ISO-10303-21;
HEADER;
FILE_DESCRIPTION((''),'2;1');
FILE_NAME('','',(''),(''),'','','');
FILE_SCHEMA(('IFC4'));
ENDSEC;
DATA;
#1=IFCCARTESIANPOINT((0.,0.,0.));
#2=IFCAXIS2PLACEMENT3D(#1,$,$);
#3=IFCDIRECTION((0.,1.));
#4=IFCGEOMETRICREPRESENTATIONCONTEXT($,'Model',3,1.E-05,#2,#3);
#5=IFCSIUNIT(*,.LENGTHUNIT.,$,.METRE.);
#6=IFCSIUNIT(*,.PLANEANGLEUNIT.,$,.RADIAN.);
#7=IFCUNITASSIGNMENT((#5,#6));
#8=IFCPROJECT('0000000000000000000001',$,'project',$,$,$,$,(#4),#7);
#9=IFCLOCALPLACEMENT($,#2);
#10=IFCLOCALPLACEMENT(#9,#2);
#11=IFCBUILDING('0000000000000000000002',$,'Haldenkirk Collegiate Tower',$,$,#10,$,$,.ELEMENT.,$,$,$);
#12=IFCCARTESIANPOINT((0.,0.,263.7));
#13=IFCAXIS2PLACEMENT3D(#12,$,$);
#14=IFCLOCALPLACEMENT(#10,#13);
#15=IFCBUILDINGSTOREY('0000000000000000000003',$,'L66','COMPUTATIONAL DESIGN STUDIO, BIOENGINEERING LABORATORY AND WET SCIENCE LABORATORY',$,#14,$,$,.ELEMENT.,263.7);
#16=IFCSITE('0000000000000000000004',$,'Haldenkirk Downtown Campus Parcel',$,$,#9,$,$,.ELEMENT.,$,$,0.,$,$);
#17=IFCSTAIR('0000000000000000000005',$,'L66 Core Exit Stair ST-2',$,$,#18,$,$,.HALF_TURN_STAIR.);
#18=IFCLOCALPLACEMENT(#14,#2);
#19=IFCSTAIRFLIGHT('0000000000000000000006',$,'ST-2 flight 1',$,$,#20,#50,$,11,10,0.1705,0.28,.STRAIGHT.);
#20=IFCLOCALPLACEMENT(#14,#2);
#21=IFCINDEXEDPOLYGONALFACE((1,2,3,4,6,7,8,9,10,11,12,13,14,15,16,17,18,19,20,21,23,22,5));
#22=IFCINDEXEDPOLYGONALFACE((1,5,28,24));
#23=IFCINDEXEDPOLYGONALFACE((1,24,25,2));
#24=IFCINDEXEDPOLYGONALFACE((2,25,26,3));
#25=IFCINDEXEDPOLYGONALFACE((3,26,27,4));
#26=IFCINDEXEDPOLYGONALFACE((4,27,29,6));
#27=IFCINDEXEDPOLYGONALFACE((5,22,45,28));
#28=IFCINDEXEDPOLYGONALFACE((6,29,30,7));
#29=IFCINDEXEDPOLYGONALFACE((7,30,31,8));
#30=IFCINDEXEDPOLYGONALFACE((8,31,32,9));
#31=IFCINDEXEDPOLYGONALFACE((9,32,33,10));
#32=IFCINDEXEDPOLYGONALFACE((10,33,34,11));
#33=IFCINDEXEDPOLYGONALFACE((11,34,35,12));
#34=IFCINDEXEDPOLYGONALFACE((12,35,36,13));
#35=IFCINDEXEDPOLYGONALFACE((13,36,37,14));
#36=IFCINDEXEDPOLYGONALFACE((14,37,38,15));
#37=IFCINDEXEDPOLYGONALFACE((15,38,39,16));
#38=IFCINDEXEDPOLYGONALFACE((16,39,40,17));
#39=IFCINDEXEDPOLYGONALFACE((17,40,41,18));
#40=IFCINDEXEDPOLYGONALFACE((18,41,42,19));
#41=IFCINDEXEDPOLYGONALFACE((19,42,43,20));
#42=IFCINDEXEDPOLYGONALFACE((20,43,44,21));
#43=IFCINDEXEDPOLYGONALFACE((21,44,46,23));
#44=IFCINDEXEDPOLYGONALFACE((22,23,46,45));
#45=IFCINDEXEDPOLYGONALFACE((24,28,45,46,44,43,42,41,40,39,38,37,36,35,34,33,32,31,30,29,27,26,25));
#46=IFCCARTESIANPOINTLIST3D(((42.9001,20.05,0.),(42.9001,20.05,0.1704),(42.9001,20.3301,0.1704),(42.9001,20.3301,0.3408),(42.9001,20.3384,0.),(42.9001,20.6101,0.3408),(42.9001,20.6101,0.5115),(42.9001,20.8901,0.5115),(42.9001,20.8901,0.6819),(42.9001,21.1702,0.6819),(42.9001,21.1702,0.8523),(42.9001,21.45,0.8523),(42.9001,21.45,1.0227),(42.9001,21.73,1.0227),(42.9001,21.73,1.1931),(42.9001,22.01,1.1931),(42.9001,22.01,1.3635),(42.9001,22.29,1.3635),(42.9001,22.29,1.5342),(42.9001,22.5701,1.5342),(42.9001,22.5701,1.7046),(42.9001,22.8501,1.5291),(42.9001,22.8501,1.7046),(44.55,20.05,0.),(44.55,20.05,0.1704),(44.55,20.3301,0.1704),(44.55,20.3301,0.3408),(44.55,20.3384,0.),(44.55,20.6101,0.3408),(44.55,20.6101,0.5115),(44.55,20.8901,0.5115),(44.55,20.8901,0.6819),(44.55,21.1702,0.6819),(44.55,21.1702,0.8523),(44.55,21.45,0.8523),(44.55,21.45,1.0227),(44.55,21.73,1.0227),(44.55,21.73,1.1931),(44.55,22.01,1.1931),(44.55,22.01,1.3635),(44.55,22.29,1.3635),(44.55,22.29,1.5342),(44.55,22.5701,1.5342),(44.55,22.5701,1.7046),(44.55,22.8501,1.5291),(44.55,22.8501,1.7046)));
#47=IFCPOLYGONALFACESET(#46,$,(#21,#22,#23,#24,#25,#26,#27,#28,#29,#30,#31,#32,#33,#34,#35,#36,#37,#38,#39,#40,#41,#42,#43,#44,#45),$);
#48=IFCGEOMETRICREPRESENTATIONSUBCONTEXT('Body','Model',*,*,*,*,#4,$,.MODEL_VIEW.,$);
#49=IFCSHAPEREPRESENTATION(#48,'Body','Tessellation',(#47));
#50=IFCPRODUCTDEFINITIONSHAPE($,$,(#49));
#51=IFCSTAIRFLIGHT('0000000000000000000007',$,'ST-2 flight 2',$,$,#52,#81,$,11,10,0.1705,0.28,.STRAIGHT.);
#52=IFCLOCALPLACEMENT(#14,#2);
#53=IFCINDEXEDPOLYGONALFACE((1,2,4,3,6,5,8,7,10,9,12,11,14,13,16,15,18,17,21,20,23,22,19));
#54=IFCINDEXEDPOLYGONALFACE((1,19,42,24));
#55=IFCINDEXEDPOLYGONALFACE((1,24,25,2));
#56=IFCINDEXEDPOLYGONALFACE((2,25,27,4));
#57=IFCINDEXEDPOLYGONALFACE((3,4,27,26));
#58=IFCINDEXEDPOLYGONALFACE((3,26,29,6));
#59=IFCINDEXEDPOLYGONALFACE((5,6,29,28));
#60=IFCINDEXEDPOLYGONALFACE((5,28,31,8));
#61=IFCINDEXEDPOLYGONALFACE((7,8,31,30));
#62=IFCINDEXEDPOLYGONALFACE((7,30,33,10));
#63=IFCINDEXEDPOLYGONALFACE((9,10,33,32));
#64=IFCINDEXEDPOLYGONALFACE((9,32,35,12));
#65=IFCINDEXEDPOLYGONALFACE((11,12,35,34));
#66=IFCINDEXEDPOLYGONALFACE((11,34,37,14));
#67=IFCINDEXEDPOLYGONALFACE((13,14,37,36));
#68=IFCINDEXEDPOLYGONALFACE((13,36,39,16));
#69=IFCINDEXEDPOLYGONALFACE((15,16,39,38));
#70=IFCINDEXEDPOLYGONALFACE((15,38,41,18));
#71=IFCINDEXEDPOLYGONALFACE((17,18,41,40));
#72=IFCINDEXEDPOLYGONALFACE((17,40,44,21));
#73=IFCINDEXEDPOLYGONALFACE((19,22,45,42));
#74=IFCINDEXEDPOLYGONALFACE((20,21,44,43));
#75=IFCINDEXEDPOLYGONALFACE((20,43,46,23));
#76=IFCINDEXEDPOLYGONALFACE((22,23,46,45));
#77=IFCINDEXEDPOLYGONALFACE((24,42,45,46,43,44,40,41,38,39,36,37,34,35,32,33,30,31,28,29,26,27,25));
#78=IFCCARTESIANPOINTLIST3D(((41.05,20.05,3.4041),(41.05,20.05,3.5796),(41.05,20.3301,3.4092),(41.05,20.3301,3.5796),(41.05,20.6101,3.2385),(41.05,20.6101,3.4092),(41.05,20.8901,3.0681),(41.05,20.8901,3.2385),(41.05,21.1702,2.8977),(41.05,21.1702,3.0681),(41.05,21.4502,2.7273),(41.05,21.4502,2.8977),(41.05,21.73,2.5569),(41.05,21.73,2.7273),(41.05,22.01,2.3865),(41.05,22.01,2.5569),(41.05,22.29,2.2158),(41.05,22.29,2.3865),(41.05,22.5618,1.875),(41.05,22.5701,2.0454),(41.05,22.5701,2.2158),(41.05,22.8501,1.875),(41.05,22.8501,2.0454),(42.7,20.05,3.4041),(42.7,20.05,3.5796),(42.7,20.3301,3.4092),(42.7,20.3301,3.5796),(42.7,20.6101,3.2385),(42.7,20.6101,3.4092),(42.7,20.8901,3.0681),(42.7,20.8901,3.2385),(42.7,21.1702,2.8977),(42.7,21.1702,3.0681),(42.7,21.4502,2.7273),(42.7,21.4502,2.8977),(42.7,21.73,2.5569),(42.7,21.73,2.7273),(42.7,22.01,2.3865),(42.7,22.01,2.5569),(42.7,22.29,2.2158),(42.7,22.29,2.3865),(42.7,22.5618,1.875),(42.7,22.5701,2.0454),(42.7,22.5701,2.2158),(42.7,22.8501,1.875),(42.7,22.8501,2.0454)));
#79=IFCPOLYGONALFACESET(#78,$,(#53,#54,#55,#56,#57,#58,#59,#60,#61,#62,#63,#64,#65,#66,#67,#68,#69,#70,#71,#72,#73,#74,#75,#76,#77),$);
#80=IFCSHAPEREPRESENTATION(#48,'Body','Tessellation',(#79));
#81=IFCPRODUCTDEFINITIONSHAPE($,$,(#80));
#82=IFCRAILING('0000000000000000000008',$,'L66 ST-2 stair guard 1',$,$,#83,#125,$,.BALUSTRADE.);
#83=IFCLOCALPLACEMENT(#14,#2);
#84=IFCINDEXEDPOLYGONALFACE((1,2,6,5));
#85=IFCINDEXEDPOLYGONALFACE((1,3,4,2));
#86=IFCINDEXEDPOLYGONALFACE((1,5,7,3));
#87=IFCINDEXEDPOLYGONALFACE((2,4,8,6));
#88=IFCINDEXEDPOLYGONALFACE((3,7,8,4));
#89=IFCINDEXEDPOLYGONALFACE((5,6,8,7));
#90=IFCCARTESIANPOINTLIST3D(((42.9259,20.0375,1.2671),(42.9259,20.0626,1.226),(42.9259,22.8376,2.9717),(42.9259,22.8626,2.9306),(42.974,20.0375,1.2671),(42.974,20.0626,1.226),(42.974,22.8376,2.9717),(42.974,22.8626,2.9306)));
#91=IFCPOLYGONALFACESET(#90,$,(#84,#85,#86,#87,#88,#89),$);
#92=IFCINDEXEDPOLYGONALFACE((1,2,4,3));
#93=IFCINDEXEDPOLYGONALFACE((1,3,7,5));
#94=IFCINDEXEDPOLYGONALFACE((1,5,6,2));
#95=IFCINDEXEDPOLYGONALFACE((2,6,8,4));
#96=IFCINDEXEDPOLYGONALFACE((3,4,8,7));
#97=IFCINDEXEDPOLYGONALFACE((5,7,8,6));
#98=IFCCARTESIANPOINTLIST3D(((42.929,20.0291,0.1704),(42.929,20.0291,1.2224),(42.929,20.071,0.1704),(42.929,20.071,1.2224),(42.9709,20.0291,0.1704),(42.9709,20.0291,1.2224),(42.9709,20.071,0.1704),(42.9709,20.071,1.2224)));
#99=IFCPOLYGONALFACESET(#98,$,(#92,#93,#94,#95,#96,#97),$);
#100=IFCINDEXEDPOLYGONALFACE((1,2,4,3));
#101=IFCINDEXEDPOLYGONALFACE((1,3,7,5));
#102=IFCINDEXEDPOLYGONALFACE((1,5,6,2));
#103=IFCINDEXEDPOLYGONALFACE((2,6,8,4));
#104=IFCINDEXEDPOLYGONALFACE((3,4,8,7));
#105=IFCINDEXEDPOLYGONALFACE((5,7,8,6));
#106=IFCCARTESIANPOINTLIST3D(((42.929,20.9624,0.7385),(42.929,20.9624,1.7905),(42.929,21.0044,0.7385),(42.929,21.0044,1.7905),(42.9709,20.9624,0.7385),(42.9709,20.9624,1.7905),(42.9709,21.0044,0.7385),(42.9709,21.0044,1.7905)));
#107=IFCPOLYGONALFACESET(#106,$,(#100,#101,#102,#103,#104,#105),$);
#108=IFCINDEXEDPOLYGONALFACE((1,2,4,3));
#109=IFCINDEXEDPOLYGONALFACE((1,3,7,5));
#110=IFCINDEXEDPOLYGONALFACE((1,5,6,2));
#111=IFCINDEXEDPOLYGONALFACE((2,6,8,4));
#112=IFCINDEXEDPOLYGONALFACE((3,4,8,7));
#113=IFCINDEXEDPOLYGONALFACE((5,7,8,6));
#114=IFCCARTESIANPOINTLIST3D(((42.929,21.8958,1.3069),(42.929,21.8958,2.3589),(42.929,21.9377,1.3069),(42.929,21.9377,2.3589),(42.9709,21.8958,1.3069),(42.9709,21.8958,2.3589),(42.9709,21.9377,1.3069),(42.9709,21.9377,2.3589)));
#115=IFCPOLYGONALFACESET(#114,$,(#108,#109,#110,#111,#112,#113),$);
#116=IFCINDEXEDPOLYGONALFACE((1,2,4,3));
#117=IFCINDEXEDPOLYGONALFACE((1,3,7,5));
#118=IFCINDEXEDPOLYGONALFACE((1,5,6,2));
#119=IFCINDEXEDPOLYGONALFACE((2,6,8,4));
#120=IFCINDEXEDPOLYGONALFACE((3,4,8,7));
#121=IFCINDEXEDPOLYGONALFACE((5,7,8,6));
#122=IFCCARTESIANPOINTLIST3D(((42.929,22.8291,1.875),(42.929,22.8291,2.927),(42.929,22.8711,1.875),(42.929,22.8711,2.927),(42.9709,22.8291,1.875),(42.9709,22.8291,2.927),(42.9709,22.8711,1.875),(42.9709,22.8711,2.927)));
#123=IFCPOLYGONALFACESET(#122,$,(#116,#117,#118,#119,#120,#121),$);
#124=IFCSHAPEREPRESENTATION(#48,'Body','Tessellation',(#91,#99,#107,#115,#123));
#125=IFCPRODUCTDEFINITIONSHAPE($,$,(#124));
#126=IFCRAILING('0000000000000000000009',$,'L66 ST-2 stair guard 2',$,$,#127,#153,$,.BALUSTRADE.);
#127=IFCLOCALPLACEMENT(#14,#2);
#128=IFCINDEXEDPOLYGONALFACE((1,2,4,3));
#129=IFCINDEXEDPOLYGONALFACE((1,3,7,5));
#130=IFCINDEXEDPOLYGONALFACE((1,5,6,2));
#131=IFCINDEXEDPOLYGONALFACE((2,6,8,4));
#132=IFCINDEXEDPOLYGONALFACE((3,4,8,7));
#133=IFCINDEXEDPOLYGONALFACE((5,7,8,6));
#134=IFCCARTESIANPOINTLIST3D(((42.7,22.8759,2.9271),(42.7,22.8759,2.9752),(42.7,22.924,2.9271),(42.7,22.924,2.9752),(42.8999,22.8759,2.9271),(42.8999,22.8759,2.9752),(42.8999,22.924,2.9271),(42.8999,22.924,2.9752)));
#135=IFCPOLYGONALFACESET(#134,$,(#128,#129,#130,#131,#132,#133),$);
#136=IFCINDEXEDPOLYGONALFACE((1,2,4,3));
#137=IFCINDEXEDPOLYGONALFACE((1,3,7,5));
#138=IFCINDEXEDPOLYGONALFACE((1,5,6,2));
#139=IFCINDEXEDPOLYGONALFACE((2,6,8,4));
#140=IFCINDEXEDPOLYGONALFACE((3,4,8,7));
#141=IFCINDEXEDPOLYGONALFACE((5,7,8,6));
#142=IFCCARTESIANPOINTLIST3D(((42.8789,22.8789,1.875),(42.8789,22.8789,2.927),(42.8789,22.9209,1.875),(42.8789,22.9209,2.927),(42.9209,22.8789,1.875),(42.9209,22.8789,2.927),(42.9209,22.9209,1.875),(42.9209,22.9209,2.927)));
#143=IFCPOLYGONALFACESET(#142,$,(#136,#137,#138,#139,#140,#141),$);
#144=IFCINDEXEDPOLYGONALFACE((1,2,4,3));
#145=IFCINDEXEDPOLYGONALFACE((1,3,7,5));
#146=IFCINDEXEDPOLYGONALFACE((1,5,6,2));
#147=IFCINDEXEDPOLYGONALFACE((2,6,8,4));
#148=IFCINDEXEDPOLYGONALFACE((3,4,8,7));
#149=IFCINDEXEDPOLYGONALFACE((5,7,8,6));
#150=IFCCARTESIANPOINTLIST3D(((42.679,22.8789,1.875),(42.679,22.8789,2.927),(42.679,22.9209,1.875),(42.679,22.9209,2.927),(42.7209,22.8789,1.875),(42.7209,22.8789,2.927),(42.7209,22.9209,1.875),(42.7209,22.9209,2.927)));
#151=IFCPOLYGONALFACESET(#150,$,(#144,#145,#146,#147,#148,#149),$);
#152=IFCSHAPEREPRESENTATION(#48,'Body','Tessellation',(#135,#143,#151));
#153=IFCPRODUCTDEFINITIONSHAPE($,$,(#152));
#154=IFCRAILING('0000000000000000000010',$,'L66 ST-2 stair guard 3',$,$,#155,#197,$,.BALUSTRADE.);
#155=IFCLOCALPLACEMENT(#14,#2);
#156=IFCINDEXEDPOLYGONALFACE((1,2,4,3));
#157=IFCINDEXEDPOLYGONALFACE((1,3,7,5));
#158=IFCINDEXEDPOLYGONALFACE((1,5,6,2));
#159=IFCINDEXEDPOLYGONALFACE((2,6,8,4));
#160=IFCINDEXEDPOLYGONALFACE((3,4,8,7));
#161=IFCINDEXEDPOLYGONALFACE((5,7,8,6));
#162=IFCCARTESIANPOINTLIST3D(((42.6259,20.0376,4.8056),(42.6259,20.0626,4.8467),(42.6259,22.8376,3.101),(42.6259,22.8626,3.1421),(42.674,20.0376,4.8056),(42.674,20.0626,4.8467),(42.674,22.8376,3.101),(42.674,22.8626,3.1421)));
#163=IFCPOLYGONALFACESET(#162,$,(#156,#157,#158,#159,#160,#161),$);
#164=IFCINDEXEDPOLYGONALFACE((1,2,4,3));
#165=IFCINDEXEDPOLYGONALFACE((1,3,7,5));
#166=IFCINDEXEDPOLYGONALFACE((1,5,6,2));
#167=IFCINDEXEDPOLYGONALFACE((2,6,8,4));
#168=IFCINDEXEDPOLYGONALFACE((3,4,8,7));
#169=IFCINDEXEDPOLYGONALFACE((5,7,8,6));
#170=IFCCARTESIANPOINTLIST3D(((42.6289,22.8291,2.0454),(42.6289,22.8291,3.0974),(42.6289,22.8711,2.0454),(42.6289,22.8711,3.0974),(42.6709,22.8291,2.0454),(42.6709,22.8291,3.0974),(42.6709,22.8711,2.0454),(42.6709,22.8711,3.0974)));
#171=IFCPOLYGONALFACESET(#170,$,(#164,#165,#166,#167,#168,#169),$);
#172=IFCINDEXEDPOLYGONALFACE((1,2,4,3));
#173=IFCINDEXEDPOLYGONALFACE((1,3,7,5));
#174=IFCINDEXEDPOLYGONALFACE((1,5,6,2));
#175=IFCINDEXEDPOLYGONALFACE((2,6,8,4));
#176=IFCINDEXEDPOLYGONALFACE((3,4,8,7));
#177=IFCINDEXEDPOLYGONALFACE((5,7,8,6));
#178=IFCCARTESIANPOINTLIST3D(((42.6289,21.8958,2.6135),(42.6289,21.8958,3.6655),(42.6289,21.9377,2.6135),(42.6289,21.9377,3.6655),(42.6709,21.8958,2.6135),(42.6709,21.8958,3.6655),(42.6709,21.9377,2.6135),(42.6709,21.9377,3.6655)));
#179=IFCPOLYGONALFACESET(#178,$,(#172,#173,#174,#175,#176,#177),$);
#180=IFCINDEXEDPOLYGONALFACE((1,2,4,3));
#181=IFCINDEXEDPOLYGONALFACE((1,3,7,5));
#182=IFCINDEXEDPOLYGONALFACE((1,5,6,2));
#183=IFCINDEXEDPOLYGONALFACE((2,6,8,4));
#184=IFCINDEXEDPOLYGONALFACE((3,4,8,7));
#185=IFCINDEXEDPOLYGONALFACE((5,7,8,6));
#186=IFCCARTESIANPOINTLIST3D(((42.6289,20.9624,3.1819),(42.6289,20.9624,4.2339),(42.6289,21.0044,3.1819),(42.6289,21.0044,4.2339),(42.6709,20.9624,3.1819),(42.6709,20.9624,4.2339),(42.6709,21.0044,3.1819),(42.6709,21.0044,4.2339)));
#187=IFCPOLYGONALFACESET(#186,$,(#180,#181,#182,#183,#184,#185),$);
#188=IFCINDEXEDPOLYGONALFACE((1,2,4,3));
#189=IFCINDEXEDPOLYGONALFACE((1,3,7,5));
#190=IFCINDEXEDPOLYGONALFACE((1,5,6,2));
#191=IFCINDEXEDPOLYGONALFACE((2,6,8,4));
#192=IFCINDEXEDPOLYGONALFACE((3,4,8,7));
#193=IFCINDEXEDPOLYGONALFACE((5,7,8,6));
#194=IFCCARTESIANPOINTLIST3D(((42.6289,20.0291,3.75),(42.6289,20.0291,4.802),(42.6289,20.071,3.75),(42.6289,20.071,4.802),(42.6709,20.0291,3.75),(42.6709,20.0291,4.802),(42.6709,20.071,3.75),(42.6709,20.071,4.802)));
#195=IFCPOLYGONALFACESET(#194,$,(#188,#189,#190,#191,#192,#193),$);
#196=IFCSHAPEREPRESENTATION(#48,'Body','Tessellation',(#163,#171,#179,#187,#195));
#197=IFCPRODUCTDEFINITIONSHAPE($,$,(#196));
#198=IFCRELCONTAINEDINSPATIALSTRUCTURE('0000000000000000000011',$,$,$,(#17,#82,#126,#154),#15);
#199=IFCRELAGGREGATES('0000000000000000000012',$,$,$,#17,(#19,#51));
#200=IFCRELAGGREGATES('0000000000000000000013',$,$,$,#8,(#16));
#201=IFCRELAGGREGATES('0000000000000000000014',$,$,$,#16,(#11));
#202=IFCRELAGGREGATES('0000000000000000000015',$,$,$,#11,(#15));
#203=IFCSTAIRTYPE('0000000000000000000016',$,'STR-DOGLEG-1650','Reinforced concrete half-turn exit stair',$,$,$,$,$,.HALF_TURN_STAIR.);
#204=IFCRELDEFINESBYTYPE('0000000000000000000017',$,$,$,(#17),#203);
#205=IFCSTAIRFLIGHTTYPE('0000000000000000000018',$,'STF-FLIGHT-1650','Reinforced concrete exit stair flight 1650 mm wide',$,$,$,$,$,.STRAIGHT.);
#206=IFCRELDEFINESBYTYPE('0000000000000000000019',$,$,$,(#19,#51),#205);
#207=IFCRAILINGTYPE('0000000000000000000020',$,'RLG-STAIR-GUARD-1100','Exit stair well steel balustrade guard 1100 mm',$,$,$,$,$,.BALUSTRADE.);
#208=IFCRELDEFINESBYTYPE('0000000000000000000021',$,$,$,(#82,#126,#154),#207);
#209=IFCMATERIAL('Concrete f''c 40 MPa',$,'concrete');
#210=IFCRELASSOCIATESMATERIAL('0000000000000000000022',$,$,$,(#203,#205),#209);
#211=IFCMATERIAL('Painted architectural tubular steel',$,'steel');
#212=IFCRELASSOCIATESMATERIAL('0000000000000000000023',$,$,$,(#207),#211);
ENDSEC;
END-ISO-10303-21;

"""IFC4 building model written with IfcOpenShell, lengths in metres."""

from ifc_helpers import new_model, si_unit, direction, frame, origin, origin_2d, place, context, subcontext, project, spatial, polyline, rectangle, outline, extrude, material, type_object, element, aggregate, save


model = new_model("IFC4")

# Units and contexts
model_context = context("Model", 3, precision=1e-05, world=origin(), true_north=direction((0.0, 1.0)))
body_context = subcontext(model_context, "Body", "Model", "MODEL_VIEW")
ifc_project = project(units=[si_unit("LENGTHUNIT", "METRE"), si_unit("PLANEANGLEUNIT", "RADIAN")], contexts=[model_context])

# Site, building, storey
site_placement = place(None, origin())
site = spatial("IfcSite", under=ifc_project, at=site_placement, Name="Haldenkirk Downtown Campus Parcel", CompositionType="ELEMENT", RefElevation=0.0)
building_placement = place(site_placement, origin())
building = spatial("IfcBuilding", under=site, at=building_placement, Name="Haldenkirk Collegiate Tower", CompositionType="ELEMENT")
storey_placement = place(building_placement, frame((0.0, 0.0, 263.7)))
storey = spatial("IfcBuildingStorey", under=building, at=storey_placement, Name="L66", Description="COMPUTATIONAL DESIGN STUDIO, BIOENGINEERING LABORATORY AND WET SCIENCE LABORATORY", CompositionType="ELEMENT", Elevation=263.7)

# Stair, stair flights
ifc_material_1 = material(Name="Concrete f'c 40 MPa", Category="concrete")
stair_type = type_object("IfcStairType", Name="STR-DOGLEG-1650", Description="Reinforced concrete half-turn exit stair", PredefinedType="HALF_TURN_STAIR", material=ifc_material_1)
stair_placement = place(storey_placement, origin())
stair = element("IfcStair", 1, at=stair_placement, inside=storey, type_object=stair_type, Name="L66 Core Exit Stair ST-2", PredefinedType="HALF_TURN_STAIR")
stair_flight_type = type_object("IfcStairFlightType", Name="STF-FLIGHT-1650", Description="Reinforced concrete exit stair flight 1650 mm wide", PredefinedType="STRAIGHT", material=ifc_material_1)
stair_flight_1_placement = place(storey_placement, frame((43.7251, 20.05, 0.0), z_axis=(0.0, 0.0, 1.0), x_axis=(0.0, 1.0, 0.0)))
stair_flight_1 = element("IfcStairFlight", 2, at=stair_flight_1_placement, type_object=stair_flight_type, Name="ST-2 flight 1", NumberOfRisers=11, NumberOfTreads=10, PredefinedType="STRAIGHT", RiserHeight=0.1705, TreadLength=0.28, context=body_context, shape_type="SweptSolid", body=[
    extrude(outline(polyline([(0.0, 0.0), (0.0, 0.1704), (0.28, 0.1704), (0.28, 0.3408), (0.5601, 0.3408), (0.5601, 0.5115), (0.8401, 0.5115), (0.8401, 0.6819), (1.1201, 0.6819), (1.1201, 0.8523), (1.3999, 0.8523), (1.3999, 1.0227), (1.6799, 1.0227), (1.6799, 1.1931), (1.96, 1.1931), (1.96, 1.3635), (2.24, 1.3635), (2.24, 1.5342), (2.52, 1.5342), (2.52, 1.7046), (2.8, 1.7046), (2.8, 1.875), (2.8, 1.5291), (0.2883, 0.0), (0.0, 0.0)])), frame((0.0, 0.825, 0.0), z_axis=(0.0, -1.0, 0.0), x_axis=(1.0, 0.0, 0.0)), (0.0, 0.0, 1.0), 1.6499),
])
stair_flight_2_placement = place(storey_placement, frame((41.875, 22.8501, 1.875), z_axis=(0.0, 0.0, 1.0), x_axis=(0.0, -1.0, 0.0)))
stair_flight_2 = element("IfcStairFlight", 3, at=stair_flight_2_placement, type_object=stair_flight_type, Name="ST-2 flight 2", NumberOfRisers=11, NumberOfTreads=10, PredefinedType="STRAIGHT", RiserHeight=0.1705, TreadLength=0.28, context=body_context, shape_type="SweptSolid", body=[
    extrude(outline(polyline([(0.0, 0.0), (0.0, 0.1704), (0.28, 0.1704), (0.28, 0.3408), (0.5601, 0.3408), (0.5601, 0.5115), (0.8401, 0.5115), (0.8401, 0.6819), (1.1201, 0.6819), (1.1201, 0.8523), (1.3999, 0.8523), (1.3999, 1.0227), (1.6799, 1.0227), (1.6799, 1.1931), (1.96, 1.1931), (1.96, 1.3635), (2.24, 1.3635), (2.24, 1.5342), (2.52, 1.5342), (2.52, 1.7046), (2.8, 1.7046), (2.8, 1.875), (2.8, 1.5291), (0.2883, 0.0), (0.0, 0.0)])), frame((0.0, 0.825, 0.0), z_axis=(0.0, -1.0, 0.0), x_axis=(1.0, 0.0, 0.0)), (0.0, 0.0, 1.0), 1.6499),
])
aggregate(stair, [stair_flight_1, stair_flight_2])

# Railings
ifc_material_2 = material(Name="Painted architectural tubular steel", Category="steel")
railing_type_1 = type_object("IfcRailingType", Name="RLG-STAIR-GUARD-1100", Description="Exit stair well steel balustrade guard 1100 mm", PredefinedType="BALUSTRADE", material=ifc_material_2)
railing_1_placement = place(storey_placement, frame((42.95, 20.05, 0.1704)))
element("IfcRailing", 4, at=railing_1_placement, inside=storey, type_object=railing_type_1, Name="L66 ST-2 stair guard 1", PredefinedType="BALUSTRADE", context=body_context, shape_type="SweptSolid", body=[
    extrude(rectangle(XDim=0.0481, YDim=0.0481, at=origin_2d()), frame((0.0, 0.0, 1.0762), z_axis=(0.0, 0.85417, 0.519994), x_axis=(-1.0, 0.0, 0.0)), (0.0, 0.0, 1.0), 3.2781),
    extrude(rectangle(XDim=0.042, YDim=0.042, at=origin_2d()), origin(), (0.0, 0.0, 1.0), 1.052),
    extrude(rectangle(XDim=0.042, YDim=0.042, at=origin_2d()), frame((0.0, 0.9333, 0.5681)), (0.0, 0.0, 1.0), 1.052),
    extrude(rectangle(XDim=0.042, YDim=0.042, at=origin_2d()), frame((0.0, 1.8667, 1.1365)), (0.0, 0.0, 1.0), 1.052),
    extrude(rectangle(XDim=0.042, YDim=0.042, at=origin_2d()), frame((0.0, 2.8, 1.7046)), (0.0, 0.0, 1.0), 1.052),
])
railing_2_placement = place(storey_placement, frame((42.8999, 22.8999, 1.875)))
element("IfcRailing", 5, at=railing_2_placement, inside=storey, type_object=railing_type_1, Name="L66 ST-2 stair guard 2", PredefinedType="BALUSTRADE", context=body_context, shape_type="SweptSolid", body=[
    extrude(rectangle(XDim=0.0481, YDim=0.0481, at=origin_2d()), frame((0.0, 0.0, 1.0762), z_axis=(-1.0, 0.0, 0.0), x_axis=(0.0, -1.0, 0.0)), (0.0, 0.0, 1.0), 0.2),
    extrude(rectangle(XDim=0.042, YDim=0.042, at=origin_2d()), origin(), (0.0, 0.0, 1.0), 1.052),
    extrude(rectangle(XDim=0.042, YDim=0.042, at=origin_2d()), frame((-0.2, 0.0, 0.0)), (0.0, 0.0, 1.0), 1.052),
])
railing_3_placement = place(storey_placement, frame((42.6499, 22.8501, 2.0454)))
element("IfcRailing", 6, at=railing_3_placement, inside=storey, type_object=railing_type_1, Name="L66 ST-2 stair guard 3", PredefinedType="BALUSTRADE", context=body_context, shape_type="SweptSolid", body=[
    extrude(rectangle(XDim=0.0481, YDim=0.0481, at=origin_2d()), frame((0.0, 0.0, 1.0762), z_axis=(0.0, -0.85417, 0.519994), x_axis=(1.0, 0.0, 0.0)), (0.0, 0.0, 1.0), 3.2781),
    extrude(rectangle(XDim=0.042, YDim=0.042, at=origin_2d()), origin(), (0.0, 0.0, 1.0), 1.052),
    extrude(rectangle(XDim=0.042, YDim=0.042, at=origin_2d()), frame((0.0, -0.9333, 0.5681)), (0.0, 0.0, 1.0), 1.052),
    extrude(rectangle(XDim=0.042, YDim=0.042, at=origin_2d()), frame((0.0, -1.8667, 1.1365)), (0.0, 0.0, 1.0), 1.052),
    extrude(rectangle(XDim=0.042, YDim=0.042, at=origin_2d()), frame((0.0, -2.8, 1.7046)), (0.0, 0.0, 1.0), 1.052),
])

save(model, "model.ifc")
